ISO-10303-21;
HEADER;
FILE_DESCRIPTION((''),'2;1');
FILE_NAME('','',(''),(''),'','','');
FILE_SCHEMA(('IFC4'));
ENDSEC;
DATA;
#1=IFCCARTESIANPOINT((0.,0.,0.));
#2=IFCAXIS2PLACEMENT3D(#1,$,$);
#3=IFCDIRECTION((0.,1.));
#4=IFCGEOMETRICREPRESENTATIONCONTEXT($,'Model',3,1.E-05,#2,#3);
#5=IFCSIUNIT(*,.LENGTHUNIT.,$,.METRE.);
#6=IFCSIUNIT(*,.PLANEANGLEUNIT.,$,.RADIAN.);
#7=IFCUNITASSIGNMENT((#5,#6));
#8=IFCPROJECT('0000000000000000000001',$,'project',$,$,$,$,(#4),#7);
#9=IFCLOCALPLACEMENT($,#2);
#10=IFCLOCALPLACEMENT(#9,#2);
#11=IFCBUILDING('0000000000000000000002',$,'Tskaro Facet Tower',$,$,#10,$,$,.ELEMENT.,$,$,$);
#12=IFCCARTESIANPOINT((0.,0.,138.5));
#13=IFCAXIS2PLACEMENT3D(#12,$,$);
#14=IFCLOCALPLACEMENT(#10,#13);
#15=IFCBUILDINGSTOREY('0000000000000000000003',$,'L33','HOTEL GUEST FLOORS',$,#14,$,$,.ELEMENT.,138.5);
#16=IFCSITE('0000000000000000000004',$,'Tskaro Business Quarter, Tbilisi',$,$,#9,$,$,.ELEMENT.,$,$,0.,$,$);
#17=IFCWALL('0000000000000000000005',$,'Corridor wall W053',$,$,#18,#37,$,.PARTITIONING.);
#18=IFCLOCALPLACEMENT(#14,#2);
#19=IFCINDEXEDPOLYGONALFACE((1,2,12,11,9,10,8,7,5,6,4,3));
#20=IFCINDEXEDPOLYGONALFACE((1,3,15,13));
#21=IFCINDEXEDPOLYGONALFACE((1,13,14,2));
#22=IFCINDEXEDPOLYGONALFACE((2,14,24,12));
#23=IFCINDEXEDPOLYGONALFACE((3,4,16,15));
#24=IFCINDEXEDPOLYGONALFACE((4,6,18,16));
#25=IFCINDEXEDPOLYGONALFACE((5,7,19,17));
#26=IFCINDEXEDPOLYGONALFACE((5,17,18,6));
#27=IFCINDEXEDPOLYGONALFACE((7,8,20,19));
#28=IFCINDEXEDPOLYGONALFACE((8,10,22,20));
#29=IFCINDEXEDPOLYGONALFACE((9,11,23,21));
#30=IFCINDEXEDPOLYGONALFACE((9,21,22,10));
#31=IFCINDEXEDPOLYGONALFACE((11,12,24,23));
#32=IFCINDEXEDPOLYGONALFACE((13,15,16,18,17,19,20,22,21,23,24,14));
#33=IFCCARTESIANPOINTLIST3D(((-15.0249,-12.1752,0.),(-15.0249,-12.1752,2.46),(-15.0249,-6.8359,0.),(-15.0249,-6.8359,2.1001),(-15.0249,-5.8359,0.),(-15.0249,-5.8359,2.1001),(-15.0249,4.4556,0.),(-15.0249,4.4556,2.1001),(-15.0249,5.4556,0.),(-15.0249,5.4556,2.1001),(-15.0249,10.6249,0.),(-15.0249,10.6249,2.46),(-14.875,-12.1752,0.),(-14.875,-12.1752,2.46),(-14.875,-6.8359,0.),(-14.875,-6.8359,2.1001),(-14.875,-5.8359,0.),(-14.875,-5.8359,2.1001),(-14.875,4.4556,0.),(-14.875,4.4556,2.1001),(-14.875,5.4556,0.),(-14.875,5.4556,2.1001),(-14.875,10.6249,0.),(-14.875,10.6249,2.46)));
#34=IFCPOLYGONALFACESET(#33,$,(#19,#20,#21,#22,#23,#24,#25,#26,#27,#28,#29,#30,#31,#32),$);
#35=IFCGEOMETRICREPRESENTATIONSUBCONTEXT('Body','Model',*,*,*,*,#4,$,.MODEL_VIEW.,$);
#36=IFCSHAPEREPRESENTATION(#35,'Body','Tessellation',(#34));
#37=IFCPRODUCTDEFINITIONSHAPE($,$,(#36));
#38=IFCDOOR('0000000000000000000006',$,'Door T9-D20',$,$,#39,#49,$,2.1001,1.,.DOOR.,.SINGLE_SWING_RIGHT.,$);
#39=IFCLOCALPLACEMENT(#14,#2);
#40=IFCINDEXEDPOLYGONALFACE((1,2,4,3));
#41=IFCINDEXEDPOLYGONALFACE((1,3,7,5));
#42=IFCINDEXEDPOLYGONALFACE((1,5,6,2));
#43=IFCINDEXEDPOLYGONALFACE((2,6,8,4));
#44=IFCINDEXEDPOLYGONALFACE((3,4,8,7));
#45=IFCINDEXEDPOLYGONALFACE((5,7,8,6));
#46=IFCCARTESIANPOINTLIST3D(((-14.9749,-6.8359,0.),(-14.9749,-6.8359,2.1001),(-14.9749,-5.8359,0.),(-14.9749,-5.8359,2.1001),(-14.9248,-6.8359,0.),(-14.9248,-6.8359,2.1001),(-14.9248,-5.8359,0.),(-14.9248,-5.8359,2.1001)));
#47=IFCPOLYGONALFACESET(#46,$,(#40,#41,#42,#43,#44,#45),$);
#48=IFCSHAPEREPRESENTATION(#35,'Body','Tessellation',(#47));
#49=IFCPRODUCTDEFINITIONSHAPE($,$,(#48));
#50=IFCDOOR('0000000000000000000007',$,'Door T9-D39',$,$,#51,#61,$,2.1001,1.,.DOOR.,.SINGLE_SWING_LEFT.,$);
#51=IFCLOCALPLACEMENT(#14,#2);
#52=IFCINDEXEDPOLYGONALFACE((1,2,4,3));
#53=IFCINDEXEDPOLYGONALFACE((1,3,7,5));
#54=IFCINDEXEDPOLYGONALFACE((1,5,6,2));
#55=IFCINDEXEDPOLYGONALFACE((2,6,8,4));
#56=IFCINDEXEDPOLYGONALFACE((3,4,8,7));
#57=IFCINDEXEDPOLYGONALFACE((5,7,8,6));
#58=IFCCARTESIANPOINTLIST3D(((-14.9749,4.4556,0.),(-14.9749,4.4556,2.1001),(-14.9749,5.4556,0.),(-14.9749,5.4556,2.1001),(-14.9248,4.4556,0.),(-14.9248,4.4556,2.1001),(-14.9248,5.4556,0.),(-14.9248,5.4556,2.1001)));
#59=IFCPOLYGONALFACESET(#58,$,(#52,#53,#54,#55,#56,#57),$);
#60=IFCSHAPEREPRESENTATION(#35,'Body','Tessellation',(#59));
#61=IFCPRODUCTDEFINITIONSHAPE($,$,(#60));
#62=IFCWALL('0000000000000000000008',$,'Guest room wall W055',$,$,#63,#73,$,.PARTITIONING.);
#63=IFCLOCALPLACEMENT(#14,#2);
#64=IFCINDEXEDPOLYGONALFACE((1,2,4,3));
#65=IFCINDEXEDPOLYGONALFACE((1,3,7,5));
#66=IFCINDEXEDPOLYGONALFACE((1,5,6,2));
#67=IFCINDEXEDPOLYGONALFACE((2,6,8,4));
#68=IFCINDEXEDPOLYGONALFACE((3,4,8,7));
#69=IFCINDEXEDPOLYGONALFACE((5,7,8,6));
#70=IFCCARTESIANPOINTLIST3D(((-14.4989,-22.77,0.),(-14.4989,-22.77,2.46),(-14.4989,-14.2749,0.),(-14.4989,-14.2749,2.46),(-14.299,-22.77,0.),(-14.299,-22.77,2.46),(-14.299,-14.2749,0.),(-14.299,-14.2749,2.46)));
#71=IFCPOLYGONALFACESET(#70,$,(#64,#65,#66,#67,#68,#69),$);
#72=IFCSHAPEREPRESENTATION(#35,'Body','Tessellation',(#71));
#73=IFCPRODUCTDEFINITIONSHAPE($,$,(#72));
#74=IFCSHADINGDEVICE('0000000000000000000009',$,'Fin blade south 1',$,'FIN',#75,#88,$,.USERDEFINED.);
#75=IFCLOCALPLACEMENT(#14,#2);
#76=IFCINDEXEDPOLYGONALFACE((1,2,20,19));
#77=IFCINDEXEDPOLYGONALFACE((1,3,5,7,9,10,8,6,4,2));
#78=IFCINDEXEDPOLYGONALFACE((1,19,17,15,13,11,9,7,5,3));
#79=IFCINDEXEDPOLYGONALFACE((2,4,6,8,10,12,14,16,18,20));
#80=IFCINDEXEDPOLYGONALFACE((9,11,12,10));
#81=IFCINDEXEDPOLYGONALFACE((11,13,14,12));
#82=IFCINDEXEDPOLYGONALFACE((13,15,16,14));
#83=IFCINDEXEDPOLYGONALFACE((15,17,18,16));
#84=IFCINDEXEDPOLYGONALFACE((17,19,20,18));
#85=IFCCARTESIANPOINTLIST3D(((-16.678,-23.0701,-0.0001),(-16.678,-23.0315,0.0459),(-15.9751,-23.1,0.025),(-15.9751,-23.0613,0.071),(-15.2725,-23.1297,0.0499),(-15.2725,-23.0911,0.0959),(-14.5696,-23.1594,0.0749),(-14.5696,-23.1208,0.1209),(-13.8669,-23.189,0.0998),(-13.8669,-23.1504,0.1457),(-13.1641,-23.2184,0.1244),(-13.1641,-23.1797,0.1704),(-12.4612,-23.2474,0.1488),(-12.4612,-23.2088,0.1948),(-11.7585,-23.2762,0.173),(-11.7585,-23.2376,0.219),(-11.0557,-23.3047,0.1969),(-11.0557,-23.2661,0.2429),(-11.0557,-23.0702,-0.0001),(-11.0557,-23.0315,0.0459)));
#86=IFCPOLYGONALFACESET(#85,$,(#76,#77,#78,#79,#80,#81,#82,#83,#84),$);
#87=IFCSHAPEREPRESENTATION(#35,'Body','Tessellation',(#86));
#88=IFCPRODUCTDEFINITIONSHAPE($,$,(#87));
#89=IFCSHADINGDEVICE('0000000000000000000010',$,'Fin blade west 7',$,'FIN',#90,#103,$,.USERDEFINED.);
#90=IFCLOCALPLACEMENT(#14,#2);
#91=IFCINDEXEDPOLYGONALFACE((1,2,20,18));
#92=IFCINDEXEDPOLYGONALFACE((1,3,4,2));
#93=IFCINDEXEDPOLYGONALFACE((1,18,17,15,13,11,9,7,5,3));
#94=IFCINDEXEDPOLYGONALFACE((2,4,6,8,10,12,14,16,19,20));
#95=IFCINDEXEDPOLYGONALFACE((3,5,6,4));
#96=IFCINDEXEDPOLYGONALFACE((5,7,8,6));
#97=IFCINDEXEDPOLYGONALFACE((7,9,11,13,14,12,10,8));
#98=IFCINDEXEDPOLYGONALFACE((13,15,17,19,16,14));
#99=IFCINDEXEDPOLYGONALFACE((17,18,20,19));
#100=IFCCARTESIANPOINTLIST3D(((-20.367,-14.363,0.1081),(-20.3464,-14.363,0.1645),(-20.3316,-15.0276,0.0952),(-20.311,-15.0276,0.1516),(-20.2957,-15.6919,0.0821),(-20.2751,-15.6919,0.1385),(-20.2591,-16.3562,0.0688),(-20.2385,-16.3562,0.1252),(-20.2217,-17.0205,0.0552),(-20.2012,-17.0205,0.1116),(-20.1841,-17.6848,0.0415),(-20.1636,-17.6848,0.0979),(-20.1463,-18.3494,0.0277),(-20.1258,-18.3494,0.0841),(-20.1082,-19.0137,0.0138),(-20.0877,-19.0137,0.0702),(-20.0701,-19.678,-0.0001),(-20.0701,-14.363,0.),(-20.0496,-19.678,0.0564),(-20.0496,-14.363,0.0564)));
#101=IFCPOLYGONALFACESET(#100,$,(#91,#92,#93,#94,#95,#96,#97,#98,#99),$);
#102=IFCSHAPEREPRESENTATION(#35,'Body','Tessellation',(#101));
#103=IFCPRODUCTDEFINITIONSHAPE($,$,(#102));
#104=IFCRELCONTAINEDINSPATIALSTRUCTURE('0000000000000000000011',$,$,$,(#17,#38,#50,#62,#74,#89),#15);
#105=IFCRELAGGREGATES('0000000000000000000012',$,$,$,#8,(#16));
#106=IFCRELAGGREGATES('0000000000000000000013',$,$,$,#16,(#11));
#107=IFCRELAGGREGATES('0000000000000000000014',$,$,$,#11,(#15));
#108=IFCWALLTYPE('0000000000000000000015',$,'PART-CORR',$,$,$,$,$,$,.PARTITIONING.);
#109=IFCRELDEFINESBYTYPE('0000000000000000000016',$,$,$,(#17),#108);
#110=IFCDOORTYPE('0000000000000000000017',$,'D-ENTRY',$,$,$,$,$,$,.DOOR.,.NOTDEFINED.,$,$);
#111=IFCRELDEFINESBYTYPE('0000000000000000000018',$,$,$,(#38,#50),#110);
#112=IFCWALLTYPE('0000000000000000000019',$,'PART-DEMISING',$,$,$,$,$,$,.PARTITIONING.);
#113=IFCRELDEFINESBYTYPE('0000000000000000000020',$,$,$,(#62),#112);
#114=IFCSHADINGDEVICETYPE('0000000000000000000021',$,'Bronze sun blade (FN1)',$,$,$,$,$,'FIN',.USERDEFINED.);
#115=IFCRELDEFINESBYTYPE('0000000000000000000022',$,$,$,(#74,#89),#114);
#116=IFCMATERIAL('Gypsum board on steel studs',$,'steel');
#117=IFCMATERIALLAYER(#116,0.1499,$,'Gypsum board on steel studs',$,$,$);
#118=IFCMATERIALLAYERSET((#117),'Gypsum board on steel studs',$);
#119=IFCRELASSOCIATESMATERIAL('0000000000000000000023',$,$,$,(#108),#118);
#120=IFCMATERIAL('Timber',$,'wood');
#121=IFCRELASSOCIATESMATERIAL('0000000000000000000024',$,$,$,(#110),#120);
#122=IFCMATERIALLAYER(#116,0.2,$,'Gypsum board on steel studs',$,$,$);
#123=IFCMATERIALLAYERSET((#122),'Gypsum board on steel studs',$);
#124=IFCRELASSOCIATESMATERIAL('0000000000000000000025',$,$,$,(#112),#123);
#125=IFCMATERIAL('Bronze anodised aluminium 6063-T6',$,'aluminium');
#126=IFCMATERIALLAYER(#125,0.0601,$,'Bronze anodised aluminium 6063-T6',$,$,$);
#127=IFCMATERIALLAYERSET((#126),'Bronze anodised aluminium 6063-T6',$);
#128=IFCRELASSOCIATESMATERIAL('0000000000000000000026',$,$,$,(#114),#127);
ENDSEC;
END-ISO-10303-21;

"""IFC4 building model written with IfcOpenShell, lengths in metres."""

from ifc_helpers import new_model, si_unit, direction, frame, frame_2d, origin, place, context, subcontext, project, spatial, polyline, rectangle, outline, extrude, material, layer, layer_set, type_object, element, fill, save


model = new_model("IFC4")

# Units and contexts
model_context = context("Model", 3, precision=1e-05, world=origin(), true_north=direction((0.0, 1.0)))
body_context = subcontext(model_context, "Body", "Model", "MODEL_VIEW")
ifc_project = project(units=[si_unit("LENGTHUNIT", "METRE"), si_unit("PLANEANGLEUNIT", "RADIAN")], contexts=[model_context])

# Site, building, storey
site_placement = place(None, origin())
site = spatial("IfcSite", under=ifc_project, at=site_placement, Name="Tskaro Business Quarter, Tbilisi", CompositionType="ELEMENT", RefElevation=0.0)
building_placement = place(site_placement, origin())
building = spatial("IfcBuilding", under=site, at=building_placement, Name="Tskaro Facet Tower", CompositionType="ELEMENT")
storey_placement = place(building_placement, frame((0.0, 0.0, 138.5)))
storey = spatial("IfcBuildingStorey", under=building, at=storey_placement, Name="L33", Description="HOTEL GUEST FLOORS", CompositionType="ELEMENT", Elevation=138.5)

# Shared definitions
ifc_material_1 = material(Name="Bronze anodised aluminium 6063-T6", Category="aluminium")

# Shared definitions
ifc_material_2 = material(Name="Gypsum board on steel studs", Category="steel")
ifc_layer_1 = layer(ifc_material_2, 0.1499, Name="Gypsum board on steel studs")
ifc_layer_set_1 = layer_set([ifc_layer_1], Name="Gypsum board on steel studs")
wall_type_1 = type_object("IfcWallType", Name="PART-CORR", PredefinedType="PARTITIONING", material=ifc_layer_set_1)
ifc_material_3 = material(Name="Timber", Category="wood")

# Wall, openings, doors
wall_1_placement = place(storey_placement, frame((-14.95, -12.175, 0.0), z_axis=(0.0, 0.0, 1.0), x_axis=(0.0, 1.0, 0.0)))
wall_1 = element("IfcWall", 1, at=wall_1_placement, inside=storey, type_object=wall_type_1, Name="Corridor wall W053", PredefinedType="PARTITIONING", context=body_context, shape_type="SweptSolid", body=[
    extrude(rectangle(XDim=22.8, YDim=0.1499, at=frame_2d((11.3999, 0.0))), origin(), (0.0, 0.0, 1.0), 2.46),
])
opening_1_placement = place(wall_1_placement, frame((5.3391, 0.0, 0.0)))
opening_1 = element("IfcOpeningElement", 2, at=opening_1_placement, cuts=wall_1, PredefinedType="OPENING", context=body_context, shape_type="SweptSolid", body=[
    extrude(rectangle(XDim=1.0, YDim=2.1001, at=frame_2d((0.5, 1.05))), frame((0.0, 0.085, 0.0), z_axis=(0.0, -1.0, 0.0), x_axis=(1.0, 0.0, 0.0)), (0.0, 0.0, 1.0), 0.1699),
])
opening_2_placement = place(wall_1_placement, frame((16.6306, 0.0, 0.0)))
opening_2 = element("IfcOpeningElement", 3, at=opening_2_placement, cuts=wall_1, PredefinedType="OPENING", context=body_context, shape_type="SweptSolid", body=[
    extrude(rectangle(XDim=1.0, YDim=2.1001, at=frame_2d((0.5, 1.05))), frame((0.0, 0.085, 0.0), z_axis=(0.0, -1.0, 0.0), x_axis=(1.0, 0.0, 0.0)), (0.0, 0.0, 1.0), 0.1699),
])
door_type_1 = type_object("IfcDoorType", Name="D-ENTRY", OperationType="NOTDEFINED", PredefinedType="DOOR", material=ifc_material_3)
door_1_placement = place(opening_1_placement, origin())
door_1 = element("IfcDoor", 4, at=door_1_placement, inside=storey, type_object=door_type_1, Name="Door T9-D20", OperationType="SINGLE_SWING_RIGHT", OverallHeight=2.1001, OverallWidth=1.0, PredefinedType="DOOR", context=body_context, shape_type="SweptSolid", body=[
    extrude(rectangle(XDim=1.0, YDim=2.1001, at=frame_2d((0.5, 1.05))), frame((0.0, 0.0249, 0.0), z_axis=(0.0, -1.0, 0.0), x_axis=(1.0, 0.0, 0.0)), (0.0, 0.0, 1.0), 0.05),
])
fill(opening_1, door_1)
door_2_placement = place(opening_2_placement, origin())
door_2 = element("IfcDoor", 5, at=door_2_placement, inside=storey, type_object=door_type_1, Name="Door T9-D39", OperationType="SINGLE_SWING_LEFT", OverallHeight=2.1001, OverallWidth=1.0, PredefinedType="DOOR", context=body_context, shape_type="SweptSolid", body=[
    extrude(rectangle(XDim=1.0, YDim=2.1001, at=frame_2d((0.5, 1.05))), frame((0.0, 0.0249, 0.0), z_axis=(0.0, -1.0, 0.0), x_axis=(1.0, 0.0, 0.0)), (0.0, 0.0, 1.0), 0.05),
])
fill(opening_2, door_2)

# Wall
ifc_layer_2 = layer(ifc_material_2, 0.2, Name="Gypsum board on steel studs")
ifc_layer_set_2 = layer_set([ifc_layer_2], Name="Gypsum board on steel studs")
wall_type_2 = type_object("IfcWallType", Name="PART-DEMISING", PredefinedType="PARTITIONING", material=ifc_layer_set_2)
wall_2_placement = place(storey_placement, frame((-14.3989, -22.77, 0.0), z_axis=(0.0, 0.0, 1.0), x_axis=(0.0, 1.0, 0.0)))
element("IfcWall", 6, at=wall_2_placement, inside=storey, type_object=wall_type_2, Name="Guest room wall W055", PredefinedType="PARTITIONING", context=body_context, shape_type="SweptSolid", body=[
    extrude(rectangle(XDim=8.4951, YDim=0.2, at=frame_2d((4.2476, 0.0))), origin(), (0.0, 0.0, 1.0), 2.46),
])

# Shading devices
ifc_layer_3 = layer(ifc_material_1, 0.0601, Name="Bronze anodised aluminium 6063-T6")
ifc_layer_set_3 = layer_set([ifc_layer_3], Name="Bronze anodised aluminium 6063-T6")
shading_device_type = type_object("IfcShadingDeviceType", Name="Bronze sun blade (FN1)", ElementType="FIN", PredefinedType="USERDEFINED", material=ifc_layer_set_3)
shading_device_1_placement = place(storey_placement, frame((-16.678, -23.0315, 0.0459), z_axis=(0.00001, 0.64322, 0.765682), x_axis=(1.0, -0.000006, -0.000008)))
element("IfcShadingDevice", 7, at=shading_device_1_placement, inside=storey, type_object=shading_device_type, Name="Fin blade south 1", ObjectType="FIN", PredefinedType="USERDEFINED", context=body_context, shape_type="SweptSolid", body=[
    extrude(outline(polyline([(0.0, 0.0), (5.6223, 0.0), (5.6223, -0.3064), (4.9194, -0.2691), (4.2168, -0.2315), (3.5139, -0.1936), (2.811, -0.1553), (2.1084, -0.1166), (1.4055, -0.0778), (0.7029, -0.039), (0.0, 0.0)])), origin(), (0.0, 0.0, -1.0), 0.0601),
])
shading_device_2_placement = place(storey_placement, frame((-20.0496, -14.363, 0.0564), z_axis=(0.342194, -0.000006, 0.939629), x_axis=(-0.000002, -1.0, -0.000006)))
element("IfcShadingDevice", 8, at=shading_device_2_placement, inside=storey, type_object=shading_device_type, Name="Fin blade west 7", ObjectType="FIN", PredefinedType="USERDEFINED", context=body_context, shape_type="SweptSolid", body=[
    extrude(outline(polyline([(0.0, 0.0), (5.3149, 0.0), (4.6506, -0.0405), (3.9863, -0.0811), (3.3218, -0.1213), (2.6575, -0.1613), (1.9932, -0.2011), (1.3289, -0.24), (0.6646, -0.2783), (0.0, -0.316), (0.0, 0.0)])), origin(), (0.0, 0.0, -1.0), 0.0601),
])

save(model, "model.ifc")
